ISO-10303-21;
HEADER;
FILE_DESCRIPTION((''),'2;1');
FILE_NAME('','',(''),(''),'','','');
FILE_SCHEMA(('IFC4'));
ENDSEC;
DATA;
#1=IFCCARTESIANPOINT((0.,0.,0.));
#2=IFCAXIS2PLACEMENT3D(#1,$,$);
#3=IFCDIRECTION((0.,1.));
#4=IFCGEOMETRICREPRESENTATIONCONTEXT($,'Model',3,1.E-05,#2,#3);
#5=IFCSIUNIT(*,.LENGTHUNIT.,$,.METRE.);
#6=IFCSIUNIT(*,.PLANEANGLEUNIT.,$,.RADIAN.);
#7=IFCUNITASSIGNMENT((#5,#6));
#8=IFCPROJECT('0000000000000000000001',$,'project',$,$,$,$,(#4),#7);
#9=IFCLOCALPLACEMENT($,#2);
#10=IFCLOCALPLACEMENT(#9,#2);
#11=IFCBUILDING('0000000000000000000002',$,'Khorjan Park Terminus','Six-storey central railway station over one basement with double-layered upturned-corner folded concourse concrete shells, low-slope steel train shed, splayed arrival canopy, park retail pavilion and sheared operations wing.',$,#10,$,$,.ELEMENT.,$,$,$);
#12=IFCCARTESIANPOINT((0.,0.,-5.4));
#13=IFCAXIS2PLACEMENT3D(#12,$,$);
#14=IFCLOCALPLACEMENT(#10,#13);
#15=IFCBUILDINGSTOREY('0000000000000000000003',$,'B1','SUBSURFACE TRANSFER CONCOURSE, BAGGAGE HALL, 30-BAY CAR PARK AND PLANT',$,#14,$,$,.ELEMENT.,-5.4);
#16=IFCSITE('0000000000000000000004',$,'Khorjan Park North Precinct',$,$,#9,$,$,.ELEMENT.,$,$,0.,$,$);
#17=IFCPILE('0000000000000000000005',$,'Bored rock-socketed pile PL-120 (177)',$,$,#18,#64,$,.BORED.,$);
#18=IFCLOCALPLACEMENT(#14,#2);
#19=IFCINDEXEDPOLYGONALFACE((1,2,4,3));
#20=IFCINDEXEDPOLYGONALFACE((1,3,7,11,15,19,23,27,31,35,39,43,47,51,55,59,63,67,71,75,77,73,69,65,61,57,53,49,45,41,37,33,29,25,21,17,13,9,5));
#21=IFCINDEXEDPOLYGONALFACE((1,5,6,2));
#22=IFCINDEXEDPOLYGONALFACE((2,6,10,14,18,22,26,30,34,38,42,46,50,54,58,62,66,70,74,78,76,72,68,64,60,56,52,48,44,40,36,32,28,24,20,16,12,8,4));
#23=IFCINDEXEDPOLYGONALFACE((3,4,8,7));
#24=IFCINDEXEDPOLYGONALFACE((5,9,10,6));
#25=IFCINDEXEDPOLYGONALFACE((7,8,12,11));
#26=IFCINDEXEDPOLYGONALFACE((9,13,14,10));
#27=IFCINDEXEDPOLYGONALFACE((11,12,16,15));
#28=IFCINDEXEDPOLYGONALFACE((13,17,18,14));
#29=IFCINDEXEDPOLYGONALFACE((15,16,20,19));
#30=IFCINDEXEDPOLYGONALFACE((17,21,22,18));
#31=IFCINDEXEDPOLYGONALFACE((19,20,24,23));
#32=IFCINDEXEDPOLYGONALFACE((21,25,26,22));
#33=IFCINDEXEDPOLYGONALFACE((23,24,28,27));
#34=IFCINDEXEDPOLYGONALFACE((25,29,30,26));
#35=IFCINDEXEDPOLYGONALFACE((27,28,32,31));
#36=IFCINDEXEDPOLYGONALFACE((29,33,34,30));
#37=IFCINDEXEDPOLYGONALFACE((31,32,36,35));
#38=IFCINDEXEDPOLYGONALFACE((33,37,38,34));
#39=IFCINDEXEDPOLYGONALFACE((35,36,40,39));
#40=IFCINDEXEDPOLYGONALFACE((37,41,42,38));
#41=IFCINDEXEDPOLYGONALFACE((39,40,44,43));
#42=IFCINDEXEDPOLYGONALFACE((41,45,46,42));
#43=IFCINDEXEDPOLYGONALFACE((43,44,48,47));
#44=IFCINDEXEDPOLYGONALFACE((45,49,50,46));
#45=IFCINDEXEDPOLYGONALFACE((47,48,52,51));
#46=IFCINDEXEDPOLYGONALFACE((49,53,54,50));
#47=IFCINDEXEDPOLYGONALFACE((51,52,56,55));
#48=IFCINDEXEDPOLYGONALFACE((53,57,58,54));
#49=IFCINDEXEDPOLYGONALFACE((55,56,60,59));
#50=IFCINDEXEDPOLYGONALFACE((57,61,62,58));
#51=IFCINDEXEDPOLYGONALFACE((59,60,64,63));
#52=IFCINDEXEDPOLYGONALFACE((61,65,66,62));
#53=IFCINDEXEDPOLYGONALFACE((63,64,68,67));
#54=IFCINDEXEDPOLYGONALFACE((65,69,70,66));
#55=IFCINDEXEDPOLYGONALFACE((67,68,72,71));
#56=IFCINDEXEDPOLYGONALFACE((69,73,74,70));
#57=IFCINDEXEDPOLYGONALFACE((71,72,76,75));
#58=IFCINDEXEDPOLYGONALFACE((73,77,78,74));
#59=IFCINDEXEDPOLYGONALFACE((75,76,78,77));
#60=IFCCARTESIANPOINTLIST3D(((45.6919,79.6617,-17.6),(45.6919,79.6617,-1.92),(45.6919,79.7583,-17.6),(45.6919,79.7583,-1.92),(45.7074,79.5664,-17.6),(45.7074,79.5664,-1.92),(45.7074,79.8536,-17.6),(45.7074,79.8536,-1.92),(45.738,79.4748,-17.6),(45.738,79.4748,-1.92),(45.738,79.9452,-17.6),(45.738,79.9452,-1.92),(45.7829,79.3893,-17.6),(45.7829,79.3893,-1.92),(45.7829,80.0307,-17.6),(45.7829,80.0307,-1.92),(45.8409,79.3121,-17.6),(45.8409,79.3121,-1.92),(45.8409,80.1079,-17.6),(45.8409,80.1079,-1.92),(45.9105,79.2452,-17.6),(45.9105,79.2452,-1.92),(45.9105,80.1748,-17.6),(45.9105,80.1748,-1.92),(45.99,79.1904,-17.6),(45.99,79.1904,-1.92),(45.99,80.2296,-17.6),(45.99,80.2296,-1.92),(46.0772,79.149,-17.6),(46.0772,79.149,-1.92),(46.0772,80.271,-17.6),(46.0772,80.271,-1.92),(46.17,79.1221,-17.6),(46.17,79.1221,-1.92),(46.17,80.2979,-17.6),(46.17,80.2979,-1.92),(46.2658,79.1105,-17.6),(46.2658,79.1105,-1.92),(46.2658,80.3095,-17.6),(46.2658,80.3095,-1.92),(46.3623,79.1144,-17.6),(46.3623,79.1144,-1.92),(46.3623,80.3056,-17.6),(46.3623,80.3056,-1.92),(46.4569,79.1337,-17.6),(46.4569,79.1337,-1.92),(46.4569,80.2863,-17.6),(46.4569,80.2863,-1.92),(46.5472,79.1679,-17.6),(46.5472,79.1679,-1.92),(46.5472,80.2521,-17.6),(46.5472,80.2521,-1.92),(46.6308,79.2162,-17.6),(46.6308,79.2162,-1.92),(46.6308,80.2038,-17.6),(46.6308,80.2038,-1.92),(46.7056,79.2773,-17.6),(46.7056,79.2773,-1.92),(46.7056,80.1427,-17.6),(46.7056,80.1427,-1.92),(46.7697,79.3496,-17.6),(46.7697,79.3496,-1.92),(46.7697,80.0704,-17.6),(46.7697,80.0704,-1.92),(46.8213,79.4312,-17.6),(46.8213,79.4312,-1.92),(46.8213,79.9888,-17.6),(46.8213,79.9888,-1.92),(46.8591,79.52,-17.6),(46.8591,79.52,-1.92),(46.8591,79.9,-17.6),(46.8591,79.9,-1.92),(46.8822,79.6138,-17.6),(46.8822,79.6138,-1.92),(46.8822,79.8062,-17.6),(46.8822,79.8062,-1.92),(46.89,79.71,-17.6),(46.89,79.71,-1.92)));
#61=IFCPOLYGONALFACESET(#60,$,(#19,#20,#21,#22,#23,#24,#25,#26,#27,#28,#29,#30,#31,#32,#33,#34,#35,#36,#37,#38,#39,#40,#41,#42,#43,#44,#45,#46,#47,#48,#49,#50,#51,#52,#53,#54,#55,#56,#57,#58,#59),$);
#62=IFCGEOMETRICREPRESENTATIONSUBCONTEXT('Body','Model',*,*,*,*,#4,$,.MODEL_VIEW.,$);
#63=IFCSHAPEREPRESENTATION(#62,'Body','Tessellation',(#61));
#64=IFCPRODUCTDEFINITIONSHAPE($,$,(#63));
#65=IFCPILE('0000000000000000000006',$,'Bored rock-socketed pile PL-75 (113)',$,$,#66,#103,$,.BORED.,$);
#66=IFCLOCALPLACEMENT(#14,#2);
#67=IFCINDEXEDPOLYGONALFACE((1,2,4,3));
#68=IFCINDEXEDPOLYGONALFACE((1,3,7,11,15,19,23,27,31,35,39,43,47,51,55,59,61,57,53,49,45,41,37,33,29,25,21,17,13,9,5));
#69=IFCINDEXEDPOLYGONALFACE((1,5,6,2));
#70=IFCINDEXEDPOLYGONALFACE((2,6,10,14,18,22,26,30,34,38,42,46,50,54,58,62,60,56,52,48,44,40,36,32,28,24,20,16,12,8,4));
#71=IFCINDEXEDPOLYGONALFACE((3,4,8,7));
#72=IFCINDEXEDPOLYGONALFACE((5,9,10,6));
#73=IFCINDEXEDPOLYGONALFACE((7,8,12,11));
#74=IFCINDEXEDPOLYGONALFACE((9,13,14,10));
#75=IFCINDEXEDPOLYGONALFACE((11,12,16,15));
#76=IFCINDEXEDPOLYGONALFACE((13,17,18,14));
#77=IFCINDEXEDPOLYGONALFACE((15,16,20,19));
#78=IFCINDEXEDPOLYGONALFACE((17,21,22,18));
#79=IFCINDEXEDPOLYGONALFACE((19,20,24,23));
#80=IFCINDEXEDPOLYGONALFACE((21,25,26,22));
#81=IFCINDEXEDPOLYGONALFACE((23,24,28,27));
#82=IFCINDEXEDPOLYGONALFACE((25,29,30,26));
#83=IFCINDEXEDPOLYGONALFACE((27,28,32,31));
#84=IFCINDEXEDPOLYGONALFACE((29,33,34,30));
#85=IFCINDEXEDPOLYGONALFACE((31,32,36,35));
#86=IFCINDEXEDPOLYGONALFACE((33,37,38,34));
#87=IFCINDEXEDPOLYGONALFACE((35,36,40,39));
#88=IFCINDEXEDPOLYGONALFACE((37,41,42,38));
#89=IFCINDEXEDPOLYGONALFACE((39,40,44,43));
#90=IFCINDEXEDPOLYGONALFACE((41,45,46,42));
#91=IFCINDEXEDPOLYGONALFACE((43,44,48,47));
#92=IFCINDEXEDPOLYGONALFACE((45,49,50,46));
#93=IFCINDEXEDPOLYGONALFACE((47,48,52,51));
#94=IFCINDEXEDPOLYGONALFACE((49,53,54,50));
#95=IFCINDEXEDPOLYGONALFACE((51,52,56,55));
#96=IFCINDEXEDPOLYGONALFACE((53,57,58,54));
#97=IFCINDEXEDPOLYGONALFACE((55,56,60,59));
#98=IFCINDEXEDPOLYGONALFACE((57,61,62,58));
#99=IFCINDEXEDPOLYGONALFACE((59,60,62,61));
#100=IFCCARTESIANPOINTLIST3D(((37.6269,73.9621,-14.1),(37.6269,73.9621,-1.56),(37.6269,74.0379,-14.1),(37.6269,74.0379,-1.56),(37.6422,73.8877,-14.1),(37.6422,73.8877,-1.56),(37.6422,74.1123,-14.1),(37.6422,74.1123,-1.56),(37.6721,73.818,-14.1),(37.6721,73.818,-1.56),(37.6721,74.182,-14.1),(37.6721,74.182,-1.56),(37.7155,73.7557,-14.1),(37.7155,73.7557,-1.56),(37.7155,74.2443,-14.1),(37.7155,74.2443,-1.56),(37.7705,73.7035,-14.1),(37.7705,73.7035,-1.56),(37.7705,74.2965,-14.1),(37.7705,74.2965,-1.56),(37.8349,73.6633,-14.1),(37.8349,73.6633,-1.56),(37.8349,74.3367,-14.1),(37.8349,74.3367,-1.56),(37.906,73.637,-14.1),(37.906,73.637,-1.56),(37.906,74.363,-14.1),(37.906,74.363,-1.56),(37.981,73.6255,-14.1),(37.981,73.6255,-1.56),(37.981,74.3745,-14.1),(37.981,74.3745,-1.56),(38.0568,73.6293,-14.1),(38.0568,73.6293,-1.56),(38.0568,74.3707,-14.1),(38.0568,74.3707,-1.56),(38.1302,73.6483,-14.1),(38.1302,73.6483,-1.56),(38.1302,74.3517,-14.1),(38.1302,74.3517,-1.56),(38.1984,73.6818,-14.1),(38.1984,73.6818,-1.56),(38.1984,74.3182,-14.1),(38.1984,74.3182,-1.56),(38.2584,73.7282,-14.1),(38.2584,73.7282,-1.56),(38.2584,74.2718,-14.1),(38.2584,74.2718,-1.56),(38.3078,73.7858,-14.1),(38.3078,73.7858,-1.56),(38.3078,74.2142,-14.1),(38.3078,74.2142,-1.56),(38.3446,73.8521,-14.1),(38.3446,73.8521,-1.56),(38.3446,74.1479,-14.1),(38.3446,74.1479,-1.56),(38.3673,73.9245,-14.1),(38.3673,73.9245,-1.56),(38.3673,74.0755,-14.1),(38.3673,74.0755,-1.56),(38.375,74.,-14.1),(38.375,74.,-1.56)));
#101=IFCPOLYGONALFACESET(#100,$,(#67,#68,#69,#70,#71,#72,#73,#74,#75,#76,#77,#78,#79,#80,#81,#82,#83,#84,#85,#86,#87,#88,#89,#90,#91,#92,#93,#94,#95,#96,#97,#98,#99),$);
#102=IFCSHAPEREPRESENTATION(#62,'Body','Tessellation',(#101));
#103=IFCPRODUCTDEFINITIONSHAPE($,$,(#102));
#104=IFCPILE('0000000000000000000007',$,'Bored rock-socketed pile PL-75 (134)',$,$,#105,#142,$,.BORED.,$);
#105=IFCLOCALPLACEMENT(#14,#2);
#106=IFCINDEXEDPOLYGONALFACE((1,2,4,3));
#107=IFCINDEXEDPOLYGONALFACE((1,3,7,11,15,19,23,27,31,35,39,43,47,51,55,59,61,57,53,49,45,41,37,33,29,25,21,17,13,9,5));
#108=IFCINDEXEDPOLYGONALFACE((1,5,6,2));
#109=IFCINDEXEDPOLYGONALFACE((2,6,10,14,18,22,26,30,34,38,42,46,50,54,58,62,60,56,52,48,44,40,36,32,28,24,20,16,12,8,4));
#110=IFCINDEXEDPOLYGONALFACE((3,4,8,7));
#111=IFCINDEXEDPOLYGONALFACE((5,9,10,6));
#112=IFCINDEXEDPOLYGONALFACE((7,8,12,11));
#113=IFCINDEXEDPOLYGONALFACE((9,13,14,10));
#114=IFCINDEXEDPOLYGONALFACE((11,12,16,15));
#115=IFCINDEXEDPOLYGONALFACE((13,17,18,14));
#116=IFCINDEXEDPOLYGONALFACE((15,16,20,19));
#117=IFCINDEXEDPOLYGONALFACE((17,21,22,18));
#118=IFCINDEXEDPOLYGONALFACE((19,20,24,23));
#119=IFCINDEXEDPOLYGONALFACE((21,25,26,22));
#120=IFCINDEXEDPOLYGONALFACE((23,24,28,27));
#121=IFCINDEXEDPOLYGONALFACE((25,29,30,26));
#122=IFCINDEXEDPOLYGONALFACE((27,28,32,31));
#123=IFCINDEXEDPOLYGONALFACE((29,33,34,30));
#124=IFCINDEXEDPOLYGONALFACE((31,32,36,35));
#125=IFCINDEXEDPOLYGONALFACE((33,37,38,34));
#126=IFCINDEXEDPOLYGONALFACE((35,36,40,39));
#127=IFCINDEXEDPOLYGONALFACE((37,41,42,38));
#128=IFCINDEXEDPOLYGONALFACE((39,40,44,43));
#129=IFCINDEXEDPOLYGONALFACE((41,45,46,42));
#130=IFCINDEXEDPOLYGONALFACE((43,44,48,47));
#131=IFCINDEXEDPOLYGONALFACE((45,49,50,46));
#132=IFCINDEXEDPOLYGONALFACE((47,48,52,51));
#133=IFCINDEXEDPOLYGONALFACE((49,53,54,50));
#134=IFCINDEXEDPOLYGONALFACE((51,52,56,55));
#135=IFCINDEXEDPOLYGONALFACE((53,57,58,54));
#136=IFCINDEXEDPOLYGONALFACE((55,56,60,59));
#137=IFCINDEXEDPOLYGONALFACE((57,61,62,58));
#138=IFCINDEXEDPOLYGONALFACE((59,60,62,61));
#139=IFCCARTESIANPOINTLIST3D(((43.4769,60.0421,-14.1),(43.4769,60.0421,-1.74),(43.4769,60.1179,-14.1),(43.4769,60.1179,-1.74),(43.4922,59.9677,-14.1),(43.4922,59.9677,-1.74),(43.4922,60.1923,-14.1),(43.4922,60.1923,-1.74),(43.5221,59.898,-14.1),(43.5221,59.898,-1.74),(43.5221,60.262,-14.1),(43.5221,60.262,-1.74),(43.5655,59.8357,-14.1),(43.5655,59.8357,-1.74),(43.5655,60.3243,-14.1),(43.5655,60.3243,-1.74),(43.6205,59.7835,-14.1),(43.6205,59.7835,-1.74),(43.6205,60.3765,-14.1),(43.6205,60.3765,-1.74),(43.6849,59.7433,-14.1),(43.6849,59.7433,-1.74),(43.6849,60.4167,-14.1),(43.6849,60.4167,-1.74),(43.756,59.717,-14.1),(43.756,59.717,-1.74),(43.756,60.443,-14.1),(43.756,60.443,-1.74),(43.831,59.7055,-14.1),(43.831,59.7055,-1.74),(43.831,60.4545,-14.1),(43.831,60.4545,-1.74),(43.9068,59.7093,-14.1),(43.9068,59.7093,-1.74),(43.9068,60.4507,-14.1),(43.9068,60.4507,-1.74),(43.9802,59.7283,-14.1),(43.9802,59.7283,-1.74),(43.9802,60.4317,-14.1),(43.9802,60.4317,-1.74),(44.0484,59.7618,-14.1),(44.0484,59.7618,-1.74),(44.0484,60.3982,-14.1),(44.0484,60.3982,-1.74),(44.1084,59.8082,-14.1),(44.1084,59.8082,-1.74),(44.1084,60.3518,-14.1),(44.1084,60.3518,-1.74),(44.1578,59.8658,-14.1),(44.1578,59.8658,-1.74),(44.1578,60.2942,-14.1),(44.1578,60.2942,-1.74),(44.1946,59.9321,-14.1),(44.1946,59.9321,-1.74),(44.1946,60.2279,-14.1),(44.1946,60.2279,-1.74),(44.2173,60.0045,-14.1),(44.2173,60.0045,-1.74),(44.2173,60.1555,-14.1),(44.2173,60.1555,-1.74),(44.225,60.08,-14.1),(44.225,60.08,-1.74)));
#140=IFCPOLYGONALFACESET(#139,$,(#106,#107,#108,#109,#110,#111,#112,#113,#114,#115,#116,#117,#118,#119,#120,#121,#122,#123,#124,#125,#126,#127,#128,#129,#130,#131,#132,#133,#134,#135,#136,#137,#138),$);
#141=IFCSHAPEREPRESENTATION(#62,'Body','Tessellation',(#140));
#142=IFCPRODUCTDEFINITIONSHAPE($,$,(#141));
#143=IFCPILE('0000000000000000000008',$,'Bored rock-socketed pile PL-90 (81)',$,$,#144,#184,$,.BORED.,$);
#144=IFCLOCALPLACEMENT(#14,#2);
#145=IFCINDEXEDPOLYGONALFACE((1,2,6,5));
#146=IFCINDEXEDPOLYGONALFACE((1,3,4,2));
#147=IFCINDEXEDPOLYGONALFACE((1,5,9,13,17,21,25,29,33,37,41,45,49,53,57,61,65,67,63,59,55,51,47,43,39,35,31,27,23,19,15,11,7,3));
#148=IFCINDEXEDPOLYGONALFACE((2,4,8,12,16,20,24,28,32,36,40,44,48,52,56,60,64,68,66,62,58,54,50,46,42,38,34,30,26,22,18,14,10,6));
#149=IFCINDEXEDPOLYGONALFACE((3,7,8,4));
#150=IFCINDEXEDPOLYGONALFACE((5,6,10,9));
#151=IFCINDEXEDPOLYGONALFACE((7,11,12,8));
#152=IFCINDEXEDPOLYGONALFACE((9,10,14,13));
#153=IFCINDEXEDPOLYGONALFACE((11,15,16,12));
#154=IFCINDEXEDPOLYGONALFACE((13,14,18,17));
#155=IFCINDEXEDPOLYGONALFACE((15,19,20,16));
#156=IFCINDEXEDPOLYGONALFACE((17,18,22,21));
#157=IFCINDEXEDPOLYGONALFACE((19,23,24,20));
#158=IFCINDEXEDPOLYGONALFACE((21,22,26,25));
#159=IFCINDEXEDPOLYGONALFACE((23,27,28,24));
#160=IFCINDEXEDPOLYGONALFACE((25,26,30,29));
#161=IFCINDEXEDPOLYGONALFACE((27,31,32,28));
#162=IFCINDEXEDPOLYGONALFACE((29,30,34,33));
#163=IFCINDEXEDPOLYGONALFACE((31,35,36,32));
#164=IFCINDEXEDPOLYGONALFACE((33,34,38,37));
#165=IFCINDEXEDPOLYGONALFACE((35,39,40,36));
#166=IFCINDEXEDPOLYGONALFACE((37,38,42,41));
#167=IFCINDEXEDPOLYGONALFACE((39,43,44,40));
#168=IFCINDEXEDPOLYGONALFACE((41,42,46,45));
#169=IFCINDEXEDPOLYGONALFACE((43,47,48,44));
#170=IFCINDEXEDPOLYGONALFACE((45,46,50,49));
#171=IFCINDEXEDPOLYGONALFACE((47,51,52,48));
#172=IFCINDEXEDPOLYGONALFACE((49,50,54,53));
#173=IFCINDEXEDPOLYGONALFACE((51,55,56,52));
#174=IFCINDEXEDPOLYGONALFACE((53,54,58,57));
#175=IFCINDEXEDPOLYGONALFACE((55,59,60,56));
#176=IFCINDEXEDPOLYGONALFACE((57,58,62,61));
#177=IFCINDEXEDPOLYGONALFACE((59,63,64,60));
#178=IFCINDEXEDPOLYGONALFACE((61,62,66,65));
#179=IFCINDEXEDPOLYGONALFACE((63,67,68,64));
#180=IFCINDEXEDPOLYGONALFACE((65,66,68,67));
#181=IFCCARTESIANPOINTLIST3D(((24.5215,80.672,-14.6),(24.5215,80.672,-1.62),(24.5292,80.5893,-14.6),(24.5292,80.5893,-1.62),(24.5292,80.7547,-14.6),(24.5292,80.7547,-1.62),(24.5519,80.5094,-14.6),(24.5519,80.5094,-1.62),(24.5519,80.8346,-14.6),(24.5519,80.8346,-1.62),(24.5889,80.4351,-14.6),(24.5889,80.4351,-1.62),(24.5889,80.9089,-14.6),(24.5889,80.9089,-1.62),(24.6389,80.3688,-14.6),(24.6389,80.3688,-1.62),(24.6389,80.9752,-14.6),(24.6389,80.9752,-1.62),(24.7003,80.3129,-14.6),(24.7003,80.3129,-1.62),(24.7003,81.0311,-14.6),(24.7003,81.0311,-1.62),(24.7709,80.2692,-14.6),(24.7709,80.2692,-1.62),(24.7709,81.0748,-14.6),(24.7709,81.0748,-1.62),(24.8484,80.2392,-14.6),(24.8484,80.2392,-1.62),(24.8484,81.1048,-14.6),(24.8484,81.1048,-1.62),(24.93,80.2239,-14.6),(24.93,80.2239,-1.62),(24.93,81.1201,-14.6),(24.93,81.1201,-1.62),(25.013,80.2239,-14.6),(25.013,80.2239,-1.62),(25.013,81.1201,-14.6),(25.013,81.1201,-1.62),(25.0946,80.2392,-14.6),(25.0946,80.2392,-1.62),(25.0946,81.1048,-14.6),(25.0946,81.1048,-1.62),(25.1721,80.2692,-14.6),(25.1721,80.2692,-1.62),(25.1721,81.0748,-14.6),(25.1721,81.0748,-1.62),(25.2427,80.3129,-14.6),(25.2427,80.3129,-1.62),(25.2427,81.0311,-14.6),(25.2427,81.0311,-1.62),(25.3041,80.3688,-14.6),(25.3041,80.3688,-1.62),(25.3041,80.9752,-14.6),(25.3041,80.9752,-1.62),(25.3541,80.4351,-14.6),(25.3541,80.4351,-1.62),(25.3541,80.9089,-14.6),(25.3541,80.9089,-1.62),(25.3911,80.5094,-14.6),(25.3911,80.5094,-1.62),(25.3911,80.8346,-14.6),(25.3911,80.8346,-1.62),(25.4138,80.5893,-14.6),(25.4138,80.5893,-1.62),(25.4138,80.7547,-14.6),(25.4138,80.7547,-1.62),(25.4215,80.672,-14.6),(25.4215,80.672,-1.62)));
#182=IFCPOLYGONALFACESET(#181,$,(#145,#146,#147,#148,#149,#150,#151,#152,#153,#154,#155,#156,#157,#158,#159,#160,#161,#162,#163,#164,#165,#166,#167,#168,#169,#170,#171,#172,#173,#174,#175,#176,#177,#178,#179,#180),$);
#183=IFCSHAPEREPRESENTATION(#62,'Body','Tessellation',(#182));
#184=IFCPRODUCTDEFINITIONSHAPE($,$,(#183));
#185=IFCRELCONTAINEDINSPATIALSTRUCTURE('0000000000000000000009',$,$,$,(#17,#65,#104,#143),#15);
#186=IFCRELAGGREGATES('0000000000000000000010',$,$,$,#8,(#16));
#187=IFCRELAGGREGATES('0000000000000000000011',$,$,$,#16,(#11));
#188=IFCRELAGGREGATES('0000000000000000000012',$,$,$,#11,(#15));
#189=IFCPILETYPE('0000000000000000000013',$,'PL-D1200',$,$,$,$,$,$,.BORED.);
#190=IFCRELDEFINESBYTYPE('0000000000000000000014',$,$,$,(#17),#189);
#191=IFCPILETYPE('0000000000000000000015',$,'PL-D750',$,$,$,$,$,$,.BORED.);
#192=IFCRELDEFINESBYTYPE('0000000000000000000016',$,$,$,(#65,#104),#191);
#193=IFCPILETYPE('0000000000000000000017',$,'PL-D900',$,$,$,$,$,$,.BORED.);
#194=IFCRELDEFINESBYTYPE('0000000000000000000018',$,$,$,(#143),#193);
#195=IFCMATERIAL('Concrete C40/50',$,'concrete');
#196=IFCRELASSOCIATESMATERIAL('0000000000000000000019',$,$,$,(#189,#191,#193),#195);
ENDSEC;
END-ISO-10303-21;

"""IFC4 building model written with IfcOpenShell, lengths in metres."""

from ifc_helpers import new_model, si_unit, direction, frame, origin, origin_2d, place, context, subcontext, project, spatial, circle, extrude, material, material_profile, profile_set, type_object, element, save


model = new_model("IFC4")

# Units and contexts
model_context = context("Model", 3, precision=1e-05, world=origin(), true_north=direction((0.0, 1.0)))
body_context = subcontext(model_context, "Body", "Model", "MODEL_VIEW")
ifc_project = project(units=[si_unit("LENGTHUNIT", "METRE"), si_unit("PLANEANGLEUNIT", "RADIAN")], contexts=[model_context])

# Site, building, storey
site_placement = place(None, origin())
site = spatial("IfcSite", under=ifc_project, at=site_placement, Name="Khorjan Park North Precinct", CompositionType="ELEMENT", RefElevation=0.0)
building_placement = place(site_placement, origin())
building = spatial("IfcBuilding", under=site, at=building_placement, Name="Khorjan Park Terminus", Description="Six-storey central railway station over one basement with double-layered upturned-corner folded concourse concrete shells, low-slope steel train shed, splayed arrival canopy, park retail pavilion and sheared operations wing.", CompositionType="ELEMENT")
storey_placement = place(building_placement, frame((0.0, 0.0, -5.4)))
storey = spatial("IfcBuildingStorey", under=building, at=storey_placement, Name="B1", Description="SUBSURFACE TRANSFER CONCOURSE, BAGGAGE HALL, 30-BAY CAR PARK AND PLANT", CompositionType="ELEMENT", Elevation=-5.4)

# Shared definitions
ifc_material_1 = material(Name="Concrete C40/50", Category="concrete")

# Piles
ifc_material_profile_1 = material_profile(ifc_material_1, circle(Radius=0.6, at=origin_2d()), Name="BORED D1200")
ifc_profile_set_1 = profile_set([ifc_material_profile_1], Name="Concrete C40/50")
pile_type_1 = type_object("IfcPileType", Name="PL-D1200", PredefinedType="BORED", material=ifc_profile_set_1)
for number, where, z_axis, x_axis, name in (
    (1, (46.29, 79.71, -1.92), (0.0, 0.0, -1.0), (1.0, 0.0, 0.0), "Bored rock-socketed pile PL-120 (177)"),
):
    element("IfcPile", number, at=place(storey_placement, frame(where, z_axis=z_axis, x_axis=x_axis)), inside=storey, type_object=pile_type_1, Name=name, PredefinedType="BORED", context=body_context, shape_type="SweptSolid", body=[
        extrude(circle(Radius=0.6, at=origin_2d()), origin(), (0.0, 0.0, 1.0), 15.68),
    ])
ifc_material_profile_2 = material_profile(ifc_material_1, circle(Radius=0.375, at=origin_2d()), Name="BORED D750")
ifc_profile_set_2 = profile_set([ifc_material_profile_2], Name="Concrete C40/50")
pile_type_2 = type_object("IfcPileType", Name="PL-D750", PredefinedType="BORED", material=ifc_profile_set_2)
pile_1_placement = place(storey_placement, frame((38.0, 74.0, -1.56), z_axis=(0.0, 0.0, -1.0), x_axis=(1.0, 0.0, 0.0)))
element("IfcPile", 2, at=pile_1_placement, inside=storey, type_object=pile_type_2, Name="Bored rock-socketed pile PL-75 (113)", PredefinedType="BORED", context=body_context, shape_type="SweptSolid", body=[
    extrude(circle(Radius=0.375, at=origin_2d()), origin(), (0.0, 0.0, 1.0), 12.54),
])
pile_2_placement = place(storey_placement, frame((43.85, 60.08, -1.74), z_axis=(0.0, 0.0, -1.0), x_axis=(1.0, 0.0, 0.0)))
element("IfcPile", 3, at=pile_2_placement, inside=storey, type_object=pile_type_2, Name="Bored rock-socketed pile PL-75 (134)", PredefinedType="BORED", context=body_context, shape_type="SweptSolid", body=[
    extrude(circle(Radius=0.375, at=origin_2d()), origin(), (0.0, 0.0, 1.0), 12.36),
])
ifc_material_profile_3 = material_profile(ifc_material_1, circle(Radius=0.45, at=origin_2d()), Name="BORED D900")
ifc_profile_set_3 = profile_set([ifc_material_profile_3], Name="Concrete C40/50")
pile_type_3 = type_object("IfcPileType", Name="PL-D900", PredefinedType="BORED", material=ifc_profile_set_3)
pile_3_placement = place(storey_placement, frame((24.9715, 80.672, -1.62), z_axis=(0.0, 0.0, -1.0), x_axis=(1.0, 0.0, 0.0)))
element("IfcPile", 4, at=pile_3_placement, inside=storey, type_object=pile_type_3, Name="Bored rock-socketed pile PL-90 (81)", PredefinedType="BORED", context=body_context, shape_type="SweptSolid", body=[
    extrude(circle(Radius=0.45, at=origin_2d()), origin(), (0.0, 0.0, 1.0), 12.98),
])

save(model, "model.ifc")
